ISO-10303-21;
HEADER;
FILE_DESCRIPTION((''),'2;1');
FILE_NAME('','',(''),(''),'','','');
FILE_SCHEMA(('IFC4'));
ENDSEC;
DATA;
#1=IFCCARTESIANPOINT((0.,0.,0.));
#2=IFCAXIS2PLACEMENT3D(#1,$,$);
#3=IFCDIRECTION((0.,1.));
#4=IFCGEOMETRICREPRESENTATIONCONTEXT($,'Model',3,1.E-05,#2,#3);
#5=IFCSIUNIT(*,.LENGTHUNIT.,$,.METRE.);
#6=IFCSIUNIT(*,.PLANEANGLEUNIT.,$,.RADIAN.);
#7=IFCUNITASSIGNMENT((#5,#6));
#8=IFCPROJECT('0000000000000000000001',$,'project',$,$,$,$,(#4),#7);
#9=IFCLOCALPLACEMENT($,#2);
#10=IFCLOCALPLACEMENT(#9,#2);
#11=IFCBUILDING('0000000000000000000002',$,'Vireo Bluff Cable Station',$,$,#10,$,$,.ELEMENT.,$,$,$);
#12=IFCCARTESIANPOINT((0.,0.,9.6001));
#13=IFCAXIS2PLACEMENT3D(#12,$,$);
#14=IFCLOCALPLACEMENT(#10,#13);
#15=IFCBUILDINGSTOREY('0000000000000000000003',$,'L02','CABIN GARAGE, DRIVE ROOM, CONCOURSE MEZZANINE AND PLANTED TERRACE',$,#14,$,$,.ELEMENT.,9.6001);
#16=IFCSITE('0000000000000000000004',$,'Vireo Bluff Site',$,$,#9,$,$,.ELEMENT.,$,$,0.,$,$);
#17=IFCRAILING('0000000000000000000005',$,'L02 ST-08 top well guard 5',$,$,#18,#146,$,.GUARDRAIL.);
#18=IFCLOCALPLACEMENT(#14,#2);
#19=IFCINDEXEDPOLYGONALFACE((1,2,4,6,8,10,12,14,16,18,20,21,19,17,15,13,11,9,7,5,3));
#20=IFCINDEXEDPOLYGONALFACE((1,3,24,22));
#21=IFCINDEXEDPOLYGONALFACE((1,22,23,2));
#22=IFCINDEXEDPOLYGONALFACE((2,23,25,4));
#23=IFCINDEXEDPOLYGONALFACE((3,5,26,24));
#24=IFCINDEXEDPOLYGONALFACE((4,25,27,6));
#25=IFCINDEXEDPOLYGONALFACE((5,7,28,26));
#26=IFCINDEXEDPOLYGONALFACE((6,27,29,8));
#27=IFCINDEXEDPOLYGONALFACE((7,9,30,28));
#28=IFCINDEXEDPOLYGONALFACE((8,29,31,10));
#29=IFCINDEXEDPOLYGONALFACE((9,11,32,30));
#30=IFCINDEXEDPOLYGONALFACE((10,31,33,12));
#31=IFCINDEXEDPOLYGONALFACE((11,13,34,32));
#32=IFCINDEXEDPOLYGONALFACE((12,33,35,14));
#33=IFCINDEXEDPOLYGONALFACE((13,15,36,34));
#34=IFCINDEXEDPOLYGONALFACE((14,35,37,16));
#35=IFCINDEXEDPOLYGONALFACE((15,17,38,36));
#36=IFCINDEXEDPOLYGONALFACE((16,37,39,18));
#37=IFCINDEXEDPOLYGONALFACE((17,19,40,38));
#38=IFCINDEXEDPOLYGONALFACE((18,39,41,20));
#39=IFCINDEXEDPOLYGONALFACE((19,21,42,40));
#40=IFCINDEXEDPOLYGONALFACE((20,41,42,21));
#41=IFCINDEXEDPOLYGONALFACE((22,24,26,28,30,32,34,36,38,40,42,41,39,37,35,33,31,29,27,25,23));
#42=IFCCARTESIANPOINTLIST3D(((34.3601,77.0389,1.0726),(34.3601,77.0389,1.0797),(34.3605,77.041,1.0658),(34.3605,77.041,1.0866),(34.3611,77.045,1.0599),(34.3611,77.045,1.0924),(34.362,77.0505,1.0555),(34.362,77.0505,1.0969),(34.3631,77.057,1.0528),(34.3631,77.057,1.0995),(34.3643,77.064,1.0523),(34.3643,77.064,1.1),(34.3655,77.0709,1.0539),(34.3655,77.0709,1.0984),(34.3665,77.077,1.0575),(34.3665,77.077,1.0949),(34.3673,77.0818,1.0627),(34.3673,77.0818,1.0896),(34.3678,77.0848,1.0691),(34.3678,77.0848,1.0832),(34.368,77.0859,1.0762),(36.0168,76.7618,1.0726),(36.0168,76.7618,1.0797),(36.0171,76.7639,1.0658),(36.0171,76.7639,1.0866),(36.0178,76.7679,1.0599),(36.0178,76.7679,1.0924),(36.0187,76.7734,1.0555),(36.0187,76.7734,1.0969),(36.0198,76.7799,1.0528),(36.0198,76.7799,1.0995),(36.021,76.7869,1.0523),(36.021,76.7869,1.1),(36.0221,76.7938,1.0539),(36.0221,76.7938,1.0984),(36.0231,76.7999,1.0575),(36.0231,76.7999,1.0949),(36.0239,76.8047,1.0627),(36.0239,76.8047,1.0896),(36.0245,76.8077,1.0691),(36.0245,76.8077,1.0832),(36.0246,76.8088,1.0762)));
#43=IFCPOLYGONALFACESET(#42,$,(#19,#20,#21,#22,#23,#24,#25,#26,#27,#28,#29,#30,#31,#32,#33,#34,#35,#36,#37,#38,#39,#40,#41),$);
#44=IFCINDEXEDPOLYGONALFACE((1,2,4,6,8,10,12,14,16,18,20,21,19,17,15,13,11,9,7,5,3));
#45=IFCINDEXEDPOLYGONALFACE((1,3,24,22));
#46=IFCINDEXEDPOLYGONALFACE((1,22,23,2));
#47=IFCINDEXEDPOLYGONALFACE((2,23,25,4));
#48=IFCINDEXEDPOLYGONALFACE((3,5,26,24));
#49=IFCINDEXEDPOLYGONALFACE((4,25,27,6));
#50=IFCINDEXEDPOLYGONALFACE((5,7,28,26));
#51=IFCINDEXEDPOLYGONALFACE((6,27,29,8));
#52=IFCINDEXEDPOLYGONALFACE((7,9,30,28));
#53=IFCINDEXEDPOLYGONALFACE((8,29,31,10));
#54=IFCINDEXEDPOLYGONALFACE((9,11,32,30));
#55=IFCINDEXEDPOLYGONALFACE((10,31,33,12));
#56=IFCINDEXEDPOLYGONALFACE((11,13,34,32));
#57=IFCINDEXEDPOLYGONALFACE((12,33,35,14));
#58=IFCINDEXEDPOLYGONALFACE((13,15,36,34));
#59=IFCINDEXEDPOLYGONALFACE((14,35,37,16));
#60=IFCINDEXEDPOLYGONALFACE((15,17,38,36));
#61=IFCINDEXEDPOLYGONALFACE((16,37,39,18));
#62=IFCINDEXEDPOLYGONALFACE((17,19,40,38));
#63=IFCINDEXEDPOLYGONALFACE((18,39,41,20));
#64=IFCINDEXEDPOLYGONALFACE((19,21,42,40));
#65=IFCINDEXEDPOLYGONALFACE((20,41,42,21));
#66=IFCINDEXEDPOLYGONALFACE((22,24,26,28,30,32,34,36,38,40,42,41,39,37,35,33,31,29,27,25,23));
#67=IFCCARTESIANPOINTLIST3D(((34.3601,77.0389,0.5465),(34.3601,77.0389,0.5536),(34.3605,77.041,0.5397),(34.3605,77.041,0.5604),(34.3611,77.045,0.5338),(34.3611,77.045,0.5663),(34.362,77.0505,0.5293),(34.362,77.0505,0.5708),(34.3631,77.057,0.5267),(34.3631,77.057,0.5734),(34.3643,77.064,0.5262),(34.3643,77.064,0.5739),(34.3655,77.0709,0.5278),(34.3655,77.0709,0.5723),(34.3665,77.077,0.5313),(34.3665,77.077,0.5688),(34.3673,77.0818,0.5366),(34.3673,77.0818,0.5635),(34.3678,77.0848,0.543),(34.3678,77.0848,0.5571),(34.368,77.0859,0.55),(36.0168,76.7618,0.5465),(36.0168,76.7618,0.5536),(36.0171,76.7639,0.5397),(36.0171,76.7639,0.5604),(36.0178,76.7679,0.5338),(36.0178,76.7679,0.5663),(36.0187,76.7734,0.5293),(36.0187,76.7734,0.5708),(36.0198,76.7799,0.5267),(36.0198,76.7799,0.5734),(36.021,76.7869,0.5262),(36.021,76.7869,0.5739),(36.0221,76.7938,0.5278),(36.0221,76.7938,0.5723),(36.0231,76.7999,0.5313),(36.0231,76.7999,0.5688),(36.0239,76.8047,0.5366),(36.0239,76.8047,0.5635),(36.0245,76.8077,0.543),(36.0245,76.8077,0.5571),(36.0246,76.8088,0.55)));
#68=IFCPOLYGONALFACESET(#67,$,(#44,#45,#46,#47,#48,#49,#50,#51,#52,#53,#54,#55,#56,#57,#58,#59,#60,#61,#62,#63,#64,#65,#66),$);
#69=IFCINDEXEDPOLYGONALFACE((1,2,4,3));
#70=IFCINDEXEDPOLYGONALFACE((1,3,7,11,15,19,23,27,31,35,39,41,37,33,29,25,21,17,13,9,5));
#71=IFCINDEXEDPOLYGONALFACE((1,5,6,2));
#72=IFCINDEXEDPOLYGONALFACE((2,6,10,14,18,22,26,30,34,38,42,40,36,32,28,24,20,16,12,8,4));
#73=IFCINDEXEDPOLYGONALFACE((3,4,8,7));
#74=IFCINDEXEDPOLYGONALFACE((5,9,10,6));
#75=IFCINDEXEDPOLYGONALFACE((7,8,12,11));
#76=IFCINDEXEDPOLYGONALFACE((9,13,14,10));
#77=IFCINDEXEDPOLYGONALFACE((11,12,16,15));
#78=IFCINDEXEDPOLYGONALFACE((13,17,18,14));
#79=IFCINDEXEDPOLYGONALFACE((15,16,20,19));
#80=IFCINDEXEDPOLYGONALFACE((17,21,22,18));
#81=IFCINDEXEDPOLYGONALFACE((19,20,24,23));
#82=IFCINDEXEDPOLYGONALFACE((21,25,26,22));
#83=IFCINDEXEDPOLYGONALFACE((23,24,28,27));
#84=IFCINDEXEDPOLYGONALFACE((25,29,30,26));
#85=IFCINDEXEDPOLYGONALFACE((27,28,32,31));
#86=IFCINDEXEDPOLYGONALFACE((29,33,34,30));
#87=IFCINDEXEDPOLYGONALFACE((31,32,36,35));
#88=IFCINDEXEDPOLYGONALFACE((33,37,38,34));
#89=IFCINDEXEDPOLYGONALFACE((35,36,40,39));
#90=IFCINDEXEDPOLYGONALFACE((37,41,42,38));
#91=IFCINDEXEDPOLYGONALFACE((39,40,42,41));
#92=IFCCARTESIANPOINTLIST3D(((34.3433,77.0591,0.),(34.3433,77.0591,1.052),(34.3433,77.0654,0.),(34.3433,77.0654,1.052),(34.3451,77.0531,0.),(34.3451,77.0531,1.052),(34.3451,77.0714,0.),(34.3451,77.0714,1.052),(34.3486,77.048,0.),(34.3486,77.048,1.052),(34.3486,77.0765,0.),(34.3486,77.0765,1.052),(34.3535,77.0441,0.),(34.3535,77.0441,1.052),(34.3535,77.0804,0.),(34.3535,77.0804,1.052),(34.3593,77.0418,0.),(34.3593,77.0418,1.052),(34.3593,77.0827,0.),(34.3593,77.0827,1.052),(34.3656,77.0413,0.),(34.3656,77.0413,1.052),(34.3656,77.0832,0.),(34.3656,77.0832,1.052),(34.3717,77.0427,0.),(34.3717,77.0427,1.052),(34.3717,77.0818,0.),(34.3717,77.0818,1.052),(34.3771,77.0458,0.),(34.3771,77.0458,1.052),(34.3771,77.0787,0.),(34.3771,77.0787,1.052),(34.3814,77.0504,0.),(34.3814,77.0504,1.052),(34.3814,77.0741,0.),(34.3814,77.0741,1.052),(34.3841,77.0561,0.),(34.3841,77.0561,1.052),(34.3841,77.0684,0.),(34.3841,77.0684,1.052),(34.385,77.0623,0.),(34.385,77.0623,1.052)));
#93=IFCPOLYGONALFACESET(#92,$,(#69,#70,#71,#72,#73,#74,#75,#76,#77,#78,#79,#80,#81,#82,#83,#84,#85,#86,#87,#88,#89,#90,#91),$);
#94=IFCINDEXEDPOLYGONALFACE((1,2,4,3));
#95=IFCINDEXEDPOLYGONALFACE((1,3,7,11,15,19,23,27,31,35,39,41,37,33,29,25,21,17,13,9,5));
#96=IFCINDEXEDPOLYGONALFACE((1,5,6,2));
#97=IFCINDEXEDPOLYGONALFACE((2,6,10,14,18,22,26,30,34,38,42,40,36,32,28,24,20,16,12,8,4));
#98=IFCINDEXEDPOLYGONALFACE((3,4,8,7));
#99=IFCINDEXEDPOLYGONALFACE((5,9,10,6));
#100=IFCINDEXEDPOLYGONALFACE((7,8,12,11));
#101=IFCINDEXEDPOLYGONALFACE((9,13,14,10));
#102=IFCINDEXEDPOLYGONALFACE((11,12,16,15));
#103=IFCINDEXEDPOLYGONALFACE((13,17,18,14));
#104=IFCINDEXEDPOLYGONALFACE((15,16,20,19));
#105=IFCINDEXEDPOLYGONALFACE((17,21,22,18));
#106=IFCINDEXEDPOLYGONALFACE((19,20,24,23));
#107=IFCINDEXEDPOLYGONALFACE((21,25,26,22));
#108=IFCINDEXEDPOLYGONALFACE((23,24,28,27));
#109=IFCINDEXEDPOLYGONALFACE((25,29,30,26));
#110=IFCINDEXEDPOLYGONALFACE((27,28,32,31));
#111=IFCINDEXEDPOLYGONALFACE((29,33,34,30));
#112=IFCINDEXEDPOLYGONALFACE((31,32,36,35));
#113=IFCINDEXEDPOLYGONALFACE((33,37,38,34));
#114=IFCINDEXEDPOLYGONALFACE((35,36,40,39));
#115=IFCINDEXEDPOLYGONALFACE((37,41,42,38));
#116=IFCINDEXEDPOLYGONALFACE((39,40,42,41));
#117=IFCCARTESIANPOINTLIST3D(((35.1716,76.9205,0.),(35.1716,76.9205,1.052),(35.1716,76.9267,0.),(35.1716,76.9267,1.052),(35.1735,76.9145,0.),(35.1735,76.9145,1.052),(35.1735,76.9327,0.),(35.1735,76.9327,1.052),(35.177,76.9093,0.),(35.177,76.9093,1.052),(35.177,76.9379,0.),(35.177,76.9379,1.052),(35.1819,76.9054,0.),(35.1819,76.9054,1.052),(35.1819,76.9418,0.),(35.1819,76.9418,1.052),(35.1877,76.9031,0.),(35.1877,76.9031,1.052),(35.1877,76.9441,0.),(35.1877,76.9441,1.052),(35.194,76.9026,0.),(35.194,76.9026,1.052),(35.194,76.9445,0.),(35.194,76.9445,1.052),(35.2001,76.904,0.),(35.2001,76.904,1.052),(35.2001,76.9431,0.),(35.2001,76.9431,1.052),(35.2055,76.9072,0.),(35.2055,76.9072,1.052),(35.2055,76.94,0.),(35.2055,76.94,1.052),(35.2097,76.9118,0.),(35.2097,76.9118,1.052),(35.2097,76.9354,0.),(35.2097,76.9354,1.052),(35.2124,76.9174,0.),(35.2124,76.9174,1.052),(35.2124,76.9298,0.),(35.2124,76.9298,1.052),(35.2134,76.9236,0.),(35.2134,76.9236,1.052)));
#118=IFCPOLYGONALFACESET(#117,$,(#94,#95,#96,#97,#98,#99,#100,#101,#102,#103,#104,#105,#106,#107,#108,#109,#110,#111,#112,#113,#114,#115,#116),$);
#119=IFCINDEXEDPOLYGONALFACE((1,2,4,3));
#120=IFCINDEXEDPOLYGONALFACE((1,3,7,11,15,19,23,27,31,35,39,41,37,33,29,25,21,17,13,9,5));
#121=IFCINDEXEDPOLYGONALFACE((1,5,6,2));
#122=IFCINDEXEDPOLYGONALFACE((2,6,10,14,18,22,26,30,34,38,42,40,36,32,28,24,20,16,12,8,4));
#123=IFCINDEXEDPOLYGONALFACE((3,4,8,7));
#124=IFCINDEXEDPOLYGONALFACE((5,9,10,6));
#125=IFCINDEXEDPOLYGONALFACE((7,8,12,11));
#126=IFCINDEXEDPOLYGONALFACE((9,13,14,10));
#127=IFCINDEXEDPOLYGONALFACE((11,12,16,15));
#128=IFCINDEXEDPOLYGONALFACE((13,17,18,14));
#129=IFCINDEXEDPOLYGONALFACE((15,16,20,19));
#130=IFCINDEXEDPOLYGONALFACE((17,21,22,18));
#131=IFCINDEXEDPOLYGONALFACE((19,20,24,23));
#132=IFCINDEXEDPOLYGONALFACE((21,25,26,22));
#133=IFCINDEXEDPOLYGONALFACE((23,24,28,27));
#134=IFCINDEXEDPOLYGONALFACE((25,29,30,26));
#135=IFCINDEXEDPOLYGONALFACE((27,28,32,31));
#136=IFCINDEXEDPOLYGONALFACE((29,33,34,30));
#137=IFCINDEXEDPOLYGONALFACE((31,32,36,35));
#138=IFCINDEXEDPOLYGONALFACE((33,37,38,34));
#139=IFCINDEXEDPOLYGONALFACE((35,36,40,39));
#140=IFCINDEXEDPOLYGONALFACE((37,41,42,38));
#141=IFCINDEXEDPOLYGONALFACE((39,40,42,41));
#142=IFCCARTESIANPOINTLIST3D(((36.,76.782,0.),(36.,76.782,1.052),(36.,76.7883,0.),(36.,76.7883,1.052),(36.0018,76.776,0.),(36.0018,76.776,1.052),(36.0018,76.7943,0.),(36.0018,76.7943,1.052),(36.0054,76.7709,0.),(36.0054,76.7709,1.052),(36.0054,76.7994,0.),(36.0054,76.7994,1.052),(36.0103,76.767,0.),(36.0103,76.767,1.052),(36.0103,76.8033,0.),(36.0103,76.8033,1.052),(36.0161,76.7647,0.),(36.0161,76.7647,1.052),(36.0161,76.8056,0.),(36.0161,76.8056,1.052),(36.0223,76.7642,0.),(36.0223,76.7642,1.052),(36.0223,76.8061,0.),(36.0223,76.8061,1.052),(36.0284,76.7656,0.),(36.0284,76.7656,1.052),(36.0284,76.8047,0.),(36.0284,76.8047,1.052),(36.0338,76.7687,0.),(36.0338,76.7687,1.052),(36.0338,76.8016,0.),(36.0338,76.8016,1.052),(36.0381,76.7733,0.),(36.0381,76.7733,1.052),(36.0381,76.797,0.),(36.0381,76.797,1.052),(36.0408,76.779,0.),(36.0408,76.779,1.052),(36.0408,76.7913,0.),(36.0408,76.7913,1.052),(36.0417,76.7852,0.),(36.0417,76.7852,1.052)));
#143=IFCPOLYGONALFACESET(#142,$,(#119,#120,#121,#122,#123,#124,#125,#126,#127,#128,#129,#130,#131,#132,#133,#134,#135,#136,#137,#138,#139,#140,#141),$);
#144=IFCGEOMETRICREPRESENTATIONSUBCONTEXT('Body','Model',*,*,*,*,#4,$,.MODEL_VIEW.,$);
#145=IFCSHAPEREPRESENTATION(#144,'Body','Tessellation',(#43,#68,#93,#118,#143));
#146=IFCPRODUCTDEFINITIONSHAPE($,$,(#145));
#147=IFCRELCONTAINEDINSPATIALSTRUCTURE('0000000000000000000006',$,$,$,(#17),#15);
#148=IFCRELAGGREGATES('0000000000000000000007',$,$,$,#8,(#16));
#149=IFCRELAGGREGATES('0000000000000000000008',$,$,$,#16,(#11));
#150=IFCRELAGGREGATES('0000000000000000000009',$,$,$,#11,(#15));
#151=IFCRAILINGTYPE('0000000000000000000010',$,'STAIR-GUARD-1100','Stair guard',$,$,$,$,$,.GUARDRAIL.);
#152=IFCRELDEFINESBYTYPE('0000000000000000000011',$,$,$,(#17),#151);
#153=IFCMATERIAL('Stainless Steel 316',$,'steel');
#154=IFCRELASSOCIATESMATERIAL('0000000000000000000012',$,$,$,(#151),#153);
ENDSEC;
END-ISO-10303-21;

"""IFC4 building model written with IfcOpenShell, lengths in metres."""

from ifc_helpers import new_model, si_unit, direction, frame, origin, origin_2d, place, context, subcontext, project, spatial, circle, extrude, material, type_object, element, save


model = new_model("IFC4")

# Units and contexts
model_context = context("Model", 3, precision=1e-05, world=origin(), true_north=direction((0.0, 1.0)))
body_context = subcontext(model_context, "Body", "Model", "MODEL_VIEW")
ifc_project = project(units=[si_unit("LENGTHUNIT", "METRE"), si_unit("PLANEANGLEUNIT", "RADIAN")], contexts=[model_context])

# Site, building, storey
site_placement = place(None, origin())
site = spatial("IfcSite", under=ifc_project, at=site_placement, Name="Vireo Bluff Site", CompositionType="ELEMENT", RefElevation=0.0)
building_placement = place(site_placement, origin())
building = spatial("IfcBuilding", under=site, at=building_placement, Name="Vireo Bluff Cable Station", CompositionType="ELEMENT")
storey_placement = place(building_placement, frame((0.0, 0.0, 9.6001)))
storey = spatial("IfcBuildingStorey", under=building, at=storey_placement, Name="L02", Description="CABIN GARAGE, DRIVE ROOM, CONCOURSE MEZZANINE AND PLANTED TERRACE", CompositionType="ELEMENT", Elevation=9.6001)

# Railing
ifc_material_1 = material(Name="Stainless Steel 316", Category="steel")
railing_type = type_object("IfcRailingType", Name="STAIR-GUARD-1100", Description="Stair guard", PredefinedType="GUARDRAIL", material=ifc_material_1)
railing_1_placement = place(storey_placement, frame((34.364, 77.0623, 0.0)))
element("IfcRailing", 1, at=railing_1_placement, inside=storey, type_object=railing_type, Name="L02 ST-08 top well guard 5", PredefinedType="GUARDRAIL", context=body_context, shape_type="SweptSolid", body=[
    extrude(circle(Radius=0.0239, at=origin_2d()), frame((0.0, 0.0, 1.0762), z_axis=(0.986299, -0.164965, 0.0), x_axis=(0.164965, 0.986299, 0.0)), (0.0, 0.0, 1.0), 1.6797),
    extrude(circle(Radius=0.0239, at=origin_2d()), frame((0.0, 0.0, 0.55), z_axis=(0.986299, -0.164965, 0.0), x_axis=(0.164965, 0.986299, 0.0)), (0.0, 0.0, 1.0), 1.6797),
    extrude(circle(Radius=0.021, at=origin_2d()), origin(), (0.0, 0.0, 1.0), 1.052),
    extrude(circle(Radius=0.021, at=origin_2d()), frame((0.8284, -0.1387, 0.0)), (0.0, 0.0, 1.0), 1.052),
    extrude(circle(Radius=0.021, at=origin_2d()), frame((1.6567, -0.2771, 0.0)), (0.0, 0.0, 1.0), 1.052),
])

save(model, "model.ifc")
